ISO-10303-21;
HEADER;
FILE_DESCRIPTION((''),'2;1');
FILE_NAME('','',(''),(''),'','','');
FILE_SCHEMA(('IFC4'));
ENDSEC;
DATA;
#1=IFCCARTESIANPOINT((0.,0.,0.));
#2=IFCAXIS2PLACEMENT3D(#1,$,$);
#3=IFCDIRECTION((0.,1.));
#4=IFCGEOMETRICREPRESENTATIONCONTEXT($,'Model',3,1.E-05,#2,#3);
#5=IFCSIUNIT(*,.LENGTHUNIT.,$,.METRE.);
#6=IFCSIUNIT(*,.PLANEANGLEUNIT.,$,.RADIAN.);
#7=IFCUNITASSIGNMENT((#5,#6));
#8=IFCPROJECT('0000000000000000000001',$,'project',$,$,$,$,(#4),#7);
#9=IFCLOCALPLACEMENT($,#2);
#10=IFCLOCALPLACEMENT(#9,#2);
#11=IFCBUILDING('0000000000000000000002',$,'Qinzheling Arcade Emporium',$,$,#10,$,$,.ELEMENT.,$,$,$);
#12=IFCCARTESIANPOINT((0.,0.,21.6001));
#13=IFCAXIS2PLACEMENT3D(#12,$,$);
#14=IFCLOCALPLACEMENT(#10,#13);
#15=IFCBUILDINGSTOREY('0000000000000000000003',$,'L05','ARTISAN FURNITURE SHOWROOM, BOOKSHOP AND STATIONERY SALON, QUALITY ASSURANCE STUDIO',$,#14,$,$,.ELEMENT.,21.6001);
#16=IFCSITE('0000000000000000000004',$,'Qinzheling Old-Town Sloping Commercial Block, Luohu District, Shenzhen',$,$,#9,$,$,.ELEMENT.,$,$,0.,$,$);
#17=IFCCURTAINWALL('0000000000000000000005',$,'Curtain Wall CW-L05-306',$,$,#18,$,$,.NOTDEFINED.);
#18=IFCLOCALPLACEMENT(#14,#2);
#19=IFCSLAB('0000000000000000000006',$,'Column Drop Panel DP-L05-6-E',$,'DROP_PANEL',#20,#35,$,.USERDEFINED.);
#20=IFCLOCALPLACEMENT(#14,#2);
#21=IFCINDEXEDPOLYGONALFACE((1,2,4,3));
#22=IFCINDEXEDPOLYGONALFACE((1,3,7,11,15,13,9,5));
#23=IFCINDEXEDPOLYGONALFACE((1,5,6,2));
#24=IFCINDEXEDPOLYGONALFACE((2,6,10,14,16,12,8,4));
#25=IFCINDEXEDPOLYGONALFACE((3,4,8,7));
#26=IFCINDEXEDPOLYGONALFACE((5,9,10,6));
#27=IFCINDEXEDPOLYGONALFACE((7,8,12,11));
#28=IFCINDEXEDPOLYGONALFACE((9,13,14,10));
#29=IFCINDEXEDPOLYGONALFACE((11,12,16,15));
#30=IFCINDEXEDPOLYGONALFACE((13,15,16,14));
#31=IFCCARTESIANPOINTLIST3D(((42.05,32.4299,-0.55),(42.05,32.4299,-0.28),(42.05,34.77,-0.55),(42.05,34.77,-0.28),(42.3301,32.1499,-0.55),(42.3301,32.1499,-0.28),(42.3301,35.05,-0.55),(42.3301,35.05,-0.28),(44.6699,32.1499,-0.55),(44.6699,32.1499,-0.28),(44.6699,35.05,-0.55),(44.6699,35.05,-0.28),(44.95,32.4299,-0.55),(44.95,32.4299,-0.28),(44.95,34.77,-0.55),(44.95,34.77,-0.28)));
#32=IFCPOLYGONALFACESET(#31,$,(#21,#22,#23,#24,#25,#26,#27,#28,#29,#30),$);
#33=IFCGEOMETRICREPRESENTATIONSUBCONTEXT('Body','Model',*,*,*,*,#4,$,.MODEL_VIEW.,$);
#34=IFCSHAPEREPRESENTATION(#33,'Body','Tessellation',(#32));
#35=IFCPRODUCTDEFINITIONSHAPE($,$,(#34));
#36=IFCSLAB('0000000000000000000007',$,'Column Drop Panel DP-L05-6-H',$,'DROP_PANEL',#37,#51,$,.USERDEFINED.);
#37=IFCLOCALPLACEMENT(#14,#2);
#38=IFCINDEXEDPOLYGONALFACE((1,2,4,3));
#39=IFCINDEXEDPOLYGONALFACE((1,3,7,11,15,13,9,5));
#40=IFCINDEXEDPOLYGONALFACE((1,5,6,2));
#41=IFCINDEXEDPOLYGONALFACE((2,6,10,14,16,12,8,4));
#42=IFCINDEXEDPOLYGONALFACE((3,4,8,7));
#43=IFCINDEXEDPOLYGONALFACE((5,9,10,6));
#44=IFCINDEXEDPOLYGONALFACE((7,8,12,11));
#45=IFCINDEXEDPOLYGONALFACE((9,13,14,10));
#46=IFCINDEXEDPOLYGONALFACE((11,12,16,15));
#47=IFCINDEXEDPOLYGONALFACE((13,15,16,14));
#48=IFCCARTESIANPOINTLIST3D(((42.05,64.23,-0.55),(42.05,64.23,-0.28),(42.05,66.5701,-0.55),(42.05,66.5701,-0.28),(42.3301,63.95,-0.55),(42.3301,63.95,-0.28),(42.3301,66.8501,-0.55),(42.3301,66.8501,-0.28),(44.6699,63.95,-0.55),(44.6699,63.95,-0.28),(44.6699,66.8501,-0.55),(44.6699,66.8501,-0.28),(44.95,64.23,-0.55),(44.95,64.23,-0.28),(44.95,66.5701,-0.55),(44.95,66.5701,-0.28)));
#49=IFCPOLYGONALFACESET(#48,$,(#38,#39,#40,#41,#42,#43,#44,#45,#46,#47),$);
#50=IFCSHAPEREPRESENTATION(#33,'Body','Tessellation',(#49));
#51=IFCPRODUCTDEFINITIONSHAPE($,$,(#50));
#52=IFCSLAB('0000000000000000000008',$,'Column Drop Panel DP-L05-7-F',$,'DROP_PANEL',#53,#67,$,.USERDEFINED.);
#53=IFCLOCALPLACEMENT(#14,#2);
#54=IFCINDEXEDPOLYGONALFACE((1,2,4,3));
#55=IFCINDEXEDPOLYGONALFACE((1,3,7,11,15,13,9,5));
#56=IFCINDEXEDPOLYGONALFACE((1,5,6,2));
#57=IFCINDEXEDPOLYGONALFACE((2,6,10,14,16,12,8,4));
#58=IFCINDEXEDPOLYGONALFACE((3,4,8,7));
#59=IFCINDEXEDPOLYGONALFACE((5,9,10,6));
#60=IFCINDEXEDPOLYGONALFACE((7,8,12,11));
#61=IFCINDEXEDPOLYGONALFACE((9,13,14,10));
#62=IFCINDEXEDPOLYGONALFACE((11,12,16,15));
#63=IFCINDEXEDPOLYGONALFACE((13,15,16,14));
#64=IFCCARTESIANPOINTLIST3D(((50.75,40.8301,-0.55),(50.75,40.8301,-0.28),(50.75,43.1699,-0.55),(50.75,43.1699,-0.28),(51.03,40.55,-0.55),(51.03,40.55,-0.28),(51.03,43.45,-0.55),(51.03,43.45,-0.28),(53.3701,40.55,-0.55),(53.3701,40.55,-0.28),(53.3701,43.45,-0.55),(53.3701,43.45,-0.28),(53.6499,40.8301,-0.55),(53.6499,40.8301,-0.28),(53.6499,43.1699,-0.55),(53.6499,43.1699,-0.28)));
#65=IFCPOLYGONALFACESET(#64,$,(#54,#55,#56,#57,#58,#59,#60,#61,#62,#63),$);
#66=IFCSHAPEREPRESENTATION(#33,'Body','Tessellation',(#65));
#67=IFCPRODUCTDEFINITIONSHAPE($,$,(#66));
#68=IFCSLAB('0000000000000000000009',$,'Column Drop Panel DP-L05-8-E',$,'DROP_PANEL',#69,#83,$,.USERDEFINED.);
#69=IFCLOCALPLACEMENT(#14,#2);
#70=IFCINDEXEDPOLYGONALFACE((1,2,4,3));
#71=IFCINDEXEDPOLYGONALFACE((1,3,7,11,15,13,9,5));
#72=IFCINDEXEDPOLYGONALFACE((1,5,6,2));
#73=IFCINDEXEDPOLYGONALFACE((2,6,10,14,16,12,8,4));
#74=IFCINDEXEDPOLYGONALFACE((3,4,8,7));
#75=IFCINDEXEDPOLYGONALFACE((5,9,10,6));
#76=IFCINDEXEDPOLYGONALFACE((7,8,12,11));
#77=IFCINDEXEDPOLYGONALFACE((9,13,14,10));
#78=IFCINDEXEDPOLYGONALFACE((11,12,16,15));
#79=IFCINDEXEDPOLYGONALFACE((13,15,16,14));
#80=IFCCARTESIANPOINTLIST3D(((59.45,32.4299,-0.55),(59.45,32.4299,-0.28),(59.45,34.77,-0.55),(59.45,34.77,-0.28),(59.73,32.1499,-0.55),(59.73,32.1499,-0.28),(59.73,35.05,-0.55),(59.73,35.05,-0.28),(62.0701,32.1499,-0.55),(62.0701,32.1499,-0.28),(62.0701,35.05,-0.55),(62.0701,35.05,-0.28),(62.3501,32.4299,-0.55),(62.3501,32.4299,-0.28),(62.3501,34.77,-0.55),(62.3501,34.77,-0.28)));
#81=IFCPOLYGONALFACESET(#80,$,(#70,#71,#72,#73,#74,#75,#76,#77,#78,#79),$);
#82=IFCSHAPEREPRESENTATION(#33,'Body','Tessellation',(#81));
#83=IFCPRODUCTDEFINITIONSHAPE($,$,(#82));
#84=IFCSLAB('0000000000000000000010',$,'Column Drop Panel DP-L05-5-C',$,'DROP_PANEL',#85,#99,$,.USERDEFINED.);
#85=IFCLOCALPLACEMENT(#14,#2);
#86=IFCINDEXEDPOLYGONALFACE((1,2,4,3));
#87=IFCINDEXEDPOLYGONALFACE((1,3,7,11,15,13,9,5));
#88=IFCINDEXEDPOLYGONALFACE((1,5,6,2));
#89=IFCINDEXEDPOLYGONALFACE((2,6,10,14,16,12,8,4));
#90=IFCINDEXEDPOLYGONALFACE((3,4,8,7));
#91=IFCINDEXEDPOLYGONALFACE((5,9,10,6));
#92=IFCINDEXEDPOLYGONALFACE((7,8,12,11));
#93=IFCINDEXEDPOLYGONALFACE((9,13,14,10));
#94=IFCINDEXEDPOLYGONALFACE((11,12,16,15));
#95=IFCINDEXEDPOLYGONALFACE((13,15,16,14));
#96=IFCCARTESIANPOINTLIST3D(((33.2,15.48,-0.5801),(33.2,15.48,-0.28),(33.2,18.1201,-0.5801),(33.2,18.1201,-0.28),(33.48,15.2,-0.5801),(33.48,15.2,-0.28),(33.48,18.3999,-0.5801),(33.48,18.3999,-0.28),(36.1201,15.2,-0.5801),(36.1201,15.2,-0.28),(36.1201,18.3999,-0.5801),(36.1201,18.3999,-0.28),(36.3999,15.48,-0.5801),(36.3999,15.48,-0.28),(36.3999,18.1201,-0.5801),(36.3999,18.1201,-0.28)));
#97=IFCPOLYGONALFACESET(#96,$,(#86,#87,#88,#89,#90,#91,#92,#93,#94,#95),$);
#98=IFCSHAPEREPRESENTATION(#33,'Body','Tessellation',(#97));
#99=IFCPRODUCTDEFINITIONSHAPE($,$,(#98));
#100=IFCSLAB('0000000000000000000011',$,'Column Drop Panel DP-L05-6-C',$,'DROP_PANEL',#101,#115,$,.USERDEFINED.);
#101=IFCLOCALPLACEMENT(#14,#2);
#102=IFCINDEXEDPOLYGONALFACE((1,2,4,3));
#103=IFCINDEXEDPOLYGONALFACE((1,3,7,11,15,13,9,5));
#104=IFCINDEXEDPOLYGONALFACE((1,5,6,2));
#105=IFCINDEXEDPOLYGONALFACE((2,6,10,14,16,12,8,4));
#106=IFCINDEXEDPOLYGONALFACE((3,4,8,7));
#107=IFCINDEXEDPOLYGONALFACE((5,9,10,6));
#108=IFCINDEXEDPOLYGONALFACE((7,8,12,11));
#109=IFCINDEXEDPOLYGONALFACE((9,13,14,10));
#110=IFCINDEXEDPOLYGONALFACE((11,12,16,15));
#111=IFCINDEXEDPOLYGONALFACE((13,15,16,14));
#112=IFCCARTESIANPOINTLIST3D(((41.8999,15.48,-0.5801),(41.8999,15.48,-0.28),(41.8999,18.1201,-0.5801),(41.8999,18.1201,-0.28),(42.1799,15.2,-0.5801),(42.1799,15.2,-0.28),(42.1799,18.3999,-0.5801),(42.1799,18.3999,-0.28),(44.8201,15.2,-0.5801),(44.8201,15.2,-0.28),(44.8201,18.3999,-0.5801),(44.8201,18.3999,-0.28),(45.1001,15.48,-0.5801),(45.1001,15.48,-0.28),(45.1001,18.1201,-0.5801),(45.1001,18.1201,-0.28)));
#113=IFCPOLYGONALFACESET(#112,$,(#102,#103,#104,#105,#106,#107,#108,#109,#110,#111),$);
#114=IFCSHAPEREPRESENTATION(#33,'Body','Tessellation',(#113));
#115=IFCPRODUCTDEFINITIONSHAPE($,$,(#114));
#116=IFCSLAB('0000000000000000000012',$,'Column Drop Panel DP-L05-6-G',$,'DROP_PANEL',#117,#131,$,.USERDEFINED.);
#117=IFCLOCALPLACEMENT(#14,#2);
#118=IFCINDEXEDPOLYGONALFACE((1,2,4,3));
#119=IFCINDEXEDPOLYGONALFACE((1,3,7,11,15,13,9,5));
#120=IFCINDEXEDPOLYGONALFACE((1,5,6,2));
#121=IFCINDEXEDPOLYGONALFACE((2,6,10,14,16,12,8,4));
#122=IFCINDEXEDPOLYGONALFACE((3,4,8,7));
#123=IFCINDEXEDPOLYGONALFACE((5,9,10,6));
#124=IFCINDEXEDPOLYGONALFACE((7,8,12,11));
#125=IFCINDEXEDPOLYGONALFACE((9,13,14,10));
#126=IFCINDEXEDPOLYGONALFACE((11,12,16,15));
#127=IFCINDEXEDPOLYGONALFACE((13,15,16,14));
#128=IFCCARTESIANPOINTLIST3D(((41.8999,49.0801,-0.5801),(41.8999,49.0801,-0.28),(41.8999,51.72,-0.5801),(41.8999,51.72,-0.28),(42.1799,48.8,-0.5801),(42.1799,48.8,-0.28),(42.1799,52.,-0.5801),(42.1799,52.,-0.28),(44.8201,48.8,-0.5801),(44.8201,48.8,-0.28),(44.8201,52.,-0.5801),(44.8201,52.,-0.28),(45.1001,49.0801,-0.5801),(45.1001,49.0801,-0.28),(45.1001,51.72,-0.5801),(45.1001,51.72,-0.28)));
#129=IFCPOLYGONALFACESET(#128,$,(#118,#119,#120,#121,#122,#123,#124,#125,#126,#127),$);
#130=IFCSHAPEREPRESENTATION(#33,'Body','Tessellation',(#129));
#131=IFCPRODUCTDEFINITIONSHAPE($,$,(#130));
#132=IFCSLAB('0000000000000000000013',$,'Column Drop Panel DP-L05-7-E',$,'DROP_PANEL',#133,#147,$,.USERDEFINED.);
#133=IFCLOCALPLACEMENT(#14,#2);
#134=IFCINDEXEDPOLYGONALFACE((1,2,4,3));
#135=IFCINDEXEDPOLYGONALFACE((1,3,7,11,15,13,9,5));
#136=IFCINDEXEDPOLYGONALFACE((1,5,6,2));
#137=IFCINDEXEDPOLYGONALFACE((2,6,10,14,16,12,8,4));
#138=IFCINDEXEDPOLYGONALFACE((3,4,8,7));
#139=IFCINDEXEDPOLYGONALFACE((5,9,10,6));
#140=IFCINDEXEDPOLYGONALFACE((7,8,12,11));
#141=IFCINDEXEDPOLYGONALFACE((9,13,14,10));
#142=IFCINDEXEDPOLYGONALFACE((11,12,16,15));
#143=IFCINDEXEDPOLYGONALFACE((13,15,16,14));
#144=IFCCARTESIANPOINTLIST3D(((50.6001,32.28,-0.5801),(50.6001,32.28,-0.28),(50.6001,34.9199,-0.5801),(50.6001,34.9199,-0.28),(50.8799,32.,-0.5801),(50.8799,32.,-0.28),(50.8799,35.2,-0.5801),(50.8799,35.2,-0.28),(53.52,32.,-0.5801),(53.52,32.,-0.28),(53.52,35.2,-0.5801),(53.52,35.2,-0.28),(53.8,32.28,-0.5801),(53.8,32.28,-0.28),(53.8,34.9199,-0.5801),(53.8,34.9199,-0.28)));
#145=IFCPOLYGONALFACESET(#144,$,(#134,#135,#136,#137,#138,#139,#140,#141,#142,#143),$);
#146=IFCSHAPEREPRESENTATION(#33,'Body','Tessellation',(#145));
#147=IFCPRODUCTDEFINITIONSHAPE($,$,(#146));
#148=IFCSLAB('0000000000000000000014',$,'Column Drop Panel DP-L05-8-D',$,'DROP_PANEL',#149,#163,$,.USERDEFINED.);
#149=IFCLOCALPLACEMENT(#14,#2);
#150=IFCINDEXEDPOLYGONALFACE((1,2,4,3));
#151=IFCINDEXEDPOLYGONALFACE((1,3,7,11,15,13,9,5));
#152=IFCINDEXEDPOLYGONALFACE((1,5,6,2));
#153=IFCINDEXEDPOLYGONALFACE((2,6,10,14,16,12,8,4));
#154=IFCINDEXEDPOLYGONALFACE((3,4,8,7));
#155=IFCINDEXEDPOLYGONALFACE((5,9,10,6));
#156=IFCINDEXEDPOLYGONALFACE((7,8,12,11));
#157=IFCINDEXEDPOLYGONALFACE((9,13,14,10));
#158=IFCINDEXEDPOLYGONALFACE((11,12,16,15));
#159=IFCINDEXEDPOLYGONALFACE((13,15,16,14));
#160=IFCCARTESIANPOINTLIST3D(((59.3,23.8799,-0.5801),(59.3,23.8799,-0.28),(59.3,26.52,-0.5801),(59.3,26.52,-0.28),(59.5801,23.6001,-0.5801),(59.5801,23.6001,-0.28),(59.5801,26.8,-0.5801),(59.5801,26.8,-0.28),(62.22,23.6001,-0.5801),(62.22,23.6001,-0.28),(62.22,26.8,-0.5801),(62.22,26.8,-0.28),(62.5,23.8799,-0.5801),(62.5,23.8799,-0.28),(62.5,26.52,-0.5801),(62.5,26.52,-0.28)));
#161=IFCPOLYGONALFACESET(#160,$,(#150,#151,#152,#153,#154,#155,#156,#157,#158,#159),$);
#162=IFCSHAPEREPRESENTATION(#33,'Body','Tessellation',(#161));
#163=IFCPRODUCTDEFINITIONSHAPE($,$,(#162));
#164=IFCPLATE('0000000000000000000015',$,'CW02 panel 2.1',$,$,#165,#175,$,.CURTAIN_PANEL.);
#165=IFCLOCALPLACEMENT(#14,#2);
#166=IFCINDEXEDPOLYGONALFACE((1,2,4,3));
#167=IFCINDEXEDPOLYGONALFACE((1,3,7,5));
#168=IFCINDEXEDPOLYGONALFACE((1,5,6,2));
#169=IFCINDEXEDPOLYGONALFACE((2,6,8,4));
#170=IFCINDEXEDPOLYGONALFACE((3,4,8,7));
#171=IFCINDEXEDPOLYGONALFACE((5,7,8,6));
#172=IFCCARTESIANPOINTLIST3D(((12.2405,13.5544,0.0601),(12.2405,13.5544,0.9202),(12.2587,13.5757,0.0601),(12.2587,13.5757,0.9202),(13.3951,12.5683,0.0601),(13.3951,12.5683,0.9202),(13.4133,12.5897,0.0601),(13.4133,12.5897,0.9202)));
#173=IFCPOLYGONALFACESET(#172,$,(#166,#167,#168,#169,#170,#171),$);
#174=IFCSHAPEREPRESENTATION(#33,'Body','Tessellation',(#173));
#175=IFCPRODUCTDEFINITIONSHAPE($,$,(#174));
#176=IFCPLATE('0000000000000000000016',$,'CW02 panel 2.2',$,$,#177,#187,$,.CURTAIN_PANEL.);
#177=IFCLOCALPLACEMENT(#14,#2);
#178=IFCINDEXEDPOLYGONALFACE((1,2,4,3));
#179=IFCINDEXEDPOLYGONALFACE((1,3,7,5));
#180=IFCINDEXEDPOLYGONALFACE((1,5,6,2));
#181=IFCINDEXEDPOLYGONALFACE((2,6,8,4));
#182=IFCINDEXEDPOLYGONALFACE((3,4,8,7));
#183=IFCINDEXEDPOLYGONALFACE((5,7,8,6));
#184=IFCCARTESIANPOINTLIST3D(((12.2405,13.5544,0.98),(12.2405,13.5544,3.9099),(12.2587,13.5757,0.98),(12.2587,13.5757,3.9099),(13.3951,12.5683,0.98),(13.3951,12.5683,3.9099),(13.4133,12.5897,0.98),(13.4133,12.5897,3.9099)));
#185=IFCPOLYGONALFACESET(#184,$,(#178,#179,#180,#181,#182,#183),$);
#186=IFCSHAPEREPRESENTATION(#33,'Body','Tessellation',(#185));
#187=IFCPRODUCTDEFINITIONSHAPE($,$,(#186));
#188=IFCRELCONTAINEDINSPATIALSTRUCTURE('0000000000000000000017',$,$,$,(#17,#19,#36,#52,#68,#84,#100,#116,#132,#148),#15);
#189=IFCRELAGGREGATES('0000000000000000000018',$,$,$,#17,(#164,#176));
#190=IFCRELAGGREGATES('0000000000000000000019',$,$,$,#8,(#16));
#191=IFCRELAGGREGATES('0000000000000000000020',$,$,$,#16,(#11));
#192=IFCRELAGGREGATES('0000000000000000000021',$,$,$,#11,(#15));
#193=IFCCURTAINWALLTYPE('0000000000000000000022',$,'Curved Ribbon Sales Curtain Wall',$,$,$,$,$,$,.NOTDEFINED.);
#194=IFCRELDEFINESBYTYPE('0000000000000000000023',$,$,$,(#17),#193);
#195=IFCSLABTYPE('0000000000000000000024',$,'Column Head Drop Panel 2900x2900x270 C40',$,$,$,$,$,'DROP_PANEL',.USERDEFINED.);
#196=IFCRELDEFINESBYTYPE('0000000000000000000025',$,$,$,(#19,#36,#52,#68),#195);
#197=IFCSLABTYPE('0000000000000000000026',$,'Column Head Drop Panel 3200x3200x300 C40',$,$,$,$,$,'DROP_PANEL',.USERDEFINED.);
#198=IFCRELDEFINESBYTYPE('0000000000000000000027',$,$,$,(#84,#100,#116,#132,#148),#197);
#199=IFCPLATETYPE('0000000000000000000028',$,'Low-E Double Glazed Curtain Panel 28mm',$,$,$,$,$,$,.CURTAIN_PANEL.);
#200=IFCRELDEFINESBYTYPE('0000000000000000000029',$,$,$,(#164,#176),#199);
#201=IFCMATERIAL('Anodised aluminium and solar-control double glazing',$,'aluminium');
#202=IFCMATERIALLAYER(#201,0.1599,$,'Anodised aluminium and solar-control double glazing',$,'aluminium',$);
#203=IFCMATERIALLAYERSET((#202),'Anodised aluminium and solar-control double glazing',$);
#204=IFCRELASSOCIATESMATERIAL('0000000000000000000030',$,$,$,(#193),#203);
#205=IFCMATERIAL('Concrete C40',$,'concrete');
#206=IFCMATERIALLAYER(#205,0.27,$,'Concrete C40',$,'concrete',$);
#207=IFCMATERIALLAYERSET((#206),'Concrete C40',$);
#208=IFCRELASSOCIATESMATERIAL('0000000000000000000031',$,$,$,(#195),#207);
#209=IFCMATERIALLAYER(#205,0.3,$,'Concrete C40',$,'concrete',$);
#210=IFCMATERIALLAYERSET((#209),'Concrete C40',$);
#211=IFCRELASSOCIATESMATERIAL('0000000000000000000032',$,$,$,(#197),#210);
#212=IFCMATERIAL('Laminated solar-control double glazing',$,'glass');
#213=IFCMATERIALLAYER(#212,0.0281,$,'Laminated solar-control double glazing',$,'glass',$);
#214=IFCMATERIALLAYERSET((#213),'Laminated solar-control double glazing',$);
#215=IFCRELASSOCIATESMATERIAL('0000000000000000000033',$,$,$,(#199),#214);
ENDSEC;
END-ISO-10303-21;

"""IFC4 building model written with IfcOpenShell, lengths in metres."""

from ifc_helpers import new_model, si_unit, direction, frame, origin, origin_2d, place, context, subcontext, project, spatial, polyline, rectangle, outline, extrude, material, layer, layer_set, type_object, element, aggregate, save


model = new_model("IFC4")

# Units and contexts
model_context = context("Model", 3, precision=1e-05, world=origin(), true_north=direction((0.0, 1.0)))
body_context = subcontext(model_context, "Body", "Model", "MODEL_VIEW")
ifc_project = project(units=[si_unit("LENGTHUNIT", "METRE"), si_unit("PLANEANGLEUNIT", "RADIAN")], contexts=[model_context])

# Site, building, storey
site_placement = place(None, origin())
site = spatial("IfcSite", under=ifc_project, at=site_placement, Name="Qinzheling Old-Town Sloping Commercial Block, Luohu District, Shenzhen", CompositionType="ELEMENT", RefElevation=0.0)
building_placement = place(site_placement, origin())
building = spatial("IfcBuilding", under=site, at=building_placement, Name="Qinzheling Arcade Emporium", CompositionType="ELEMENT")
storey_placement = place(building_placement, frame((0.0, 0.0, 21.6001)))
storey = spatial("IfcBuildingStorey", under=building, at=storey_placement, Name="L05", Description="ARTISAN FURNITURE SHOWROOM, BOOKSHOP AND STATIONERY SALON, QUALITY ASSURANCE STUDIO", CompositionType="ELEMENT", Elevation=21.6001)

# Curtain wall
ifc_material_1 = material(Name="Anodised aluminium and solar-control double glazing", Category="aluminium")
ifc_layer_1 = layer(ifc_material_1, 0.1599, Name="Anodised aluminium and solar-control double glazing", Category="aluminium")
ifc_layer_set_1 = layer_set([ifc_layer_1], Name="Anodised aluminium and solar-control double glazing")
curtain_wall_type = type_object("IfcCurtainWallType", Name="Curved Ribbon Sales Curtain Wall", PredefinedType="NOTDEFINED", material=ifc_layer_set_1)
curtain_wall_1_placement = place(storey_placement, origin())
curtain_wall_1 = element("IfcCurtainWall", 1, at=curtain_wall_1_placement, inside=storey, type_object=curtain_wall_type, Name="Curtain Wall CW-L05-306", PredefinedType="NOTDEFINED")

# Slabs
ifc_material_2 = material(Name="Concrete C40", Category="concrete")
ifc_layer_2 = layer(ifc_material_2, 0.27, Name="Concrete C40", Category="concrete")
ifc_layer_set_2 = layer_set([ifc_layer_2], Name="Concrete C40")
slab_type_1 = type_object("IfcSlabType", Name="Column Head Drop Panel 2900x2900x270 C40", ElementType="DROP_PANEL", PredefinedType="USERDEFINED", material=ifc_layer_set_2)
slab_1_placement = place(storey_placement, frame((0.0, 0.0, -0.55)))
element("IfcSlab", 2, at=slab_1_placement, inside=storey, type_object=slab_type_1, Name="Column Drop Panel DP-L05-6-E", ObjectType="DROP_PANEL", PredefinedType="USERDEFINED", context=body_context, shape_type="SweptSolid", body=[
    extrude(outline(polyline([(42.3301, 32.1499), (44.6699, 32.1499), (44.95, 32.4299), (44.95, 34.77), (44.6699, 35.05), (42.3301, 35.05), (42.05, 34.77), (42.05, 32.4299), (42.3301, 32.1499)])), origin(), (0.0, 0.0, 1.0), 0.27),
])
slab_2_placement = place(storey_placement, frame((0.0, 0.0, -0.55)))
element("IfcSlab", 3, at=slab_2_placement, inside=storey, type_object=slab_type_1, Name="Column Drop Panel DP-L05-6-H", ObjectType="DROP_PANEL", PredefinedType="USERDEFINED", context=body_context, shape_type="SweptSolid", body=[
    extrude(outline(polyline([(42.3301, 63.95), (44.6699, 63.95), (44.95, 64.23), (44.95, 66.5701), (44.6699, 66.8501), (42.3301, 66.8501), (42.05, 66.5701), (42.05, 64.23), (42.3301, 63.95)])), origin(), (0.0, 0.0, 1.0), 0.27),
])
slab_3_placement = place(storey_placement, frame((0.0, 0.0, -0.55)))
element("IfcSlab", 4, at=slab_3_placement, inside=storey, type_object=slab_type_1, Name="Column Drop Panel DP-L05-7-F", ObjectType="DROP_PANEL", PredefinedType="USERDEFINED", context=body_context, shape_type="SweptSolid", body=[
    extrude(outline(polyline([(51.03, 40.55), (53.3701, 40.55), (53.6499, 40.8301), (53.6499, 43.1699), (53.3701, 43.45), (51.03, 43.45), (50.75, 43.1699), (50.75, 40.8301), (51.03, 40.55)])), origin(), (0.0, 0.0, 1.0), 0.27),
])
slab_4_placement = place(storey_placement, frame((0.0, 0.0, -0.55)))
element("IfcSlab", 5, at=slab_4_placement, inside=storey, type_object=slab_type_1, Name="Column Drop Panel DP-L05-8-E", ObjectType="DROP_PANEL", PredefinedType="USERDEFINED", context=body_context, shape_type="SweptSolid", body=[
    extrude(outline(polyline([(59.73, 32.1499), (62.0701, 32.1499), (62.3501, 32.4299), (62.3501, 34.77), (62.0701, 35.05), (59.73, 35.05), (59.45, 34.77), (59.45, 32.4299), (59.73, 32.1499)])), origin(), (0.0, 0.0, 1.0), 0.27),
])
ifc_layer_3 = layer(ifc_material_2, 0.3, Name="Concrete C40", Category="concrete")
ifc_layer_set_3 = layer_set([ifc_layer_3], Name="Concrete C40")
slab_type_2 = type_object("IfcSlabType", Name="Column Head Drop Panel 3200x3200x300 C40", ElementType="DROP_PANEL", PredefinedType="USERDEFINED", material=ifc_layer_set_3)
slab_5_placement = place(storey_placement, frame((0.0, 0.0, -0.5801)))
element("IfcSlab", 6, at=slab_5_placement, inside=storey, type_object=slab_type_2, Name="Column Drop Panel DP-L05-5-C", ObjectType="DROP_PANEL", PredefinedType="USERDEFINED", context=body_context, shape_type="SweptSolid", body=[
    extrude(outline(polyline([(33.48, 15.2), (36.1201, 15.2), (36.3999, 15.48), (36.3999, 18.1201), (36.1201, 18.3999), (33.48, 18.3999), (33.2, 18.1201), (33.2, 15.48), (33.48, 15.2)])), origin(), (0.0, 0.0, 1.0), 0.3),
])
slab_6_placement = place(storey_placement, frame((0.0, 0.0, -0.5801)))
element("IfcSlab", 7, at=slab_6_placement, inside=storey, type_object=slab_type_2, Name="Column Drop Panel DP-L05-6-C", ObjectType="DROP_PANEL", PredefinedType="USERDEFINED", context=body_context, shape_type="SweptSolid", body=[
    extrude(outline(polyline([(42.1799, 15.2), (44.8201, 15.2), (45.1001, 15.48), (45.1001, 18.1201), (44.8201, 18.3999), (42.1799, 18.3999), (41.8999, 18.1201), (41.8999, 15.48), (42.1799, 15.2)])), origin(), (0.0, 0.0, 1.0), 0.3),
])
slab_7_placement = place(storey_placement, frame((0.0, 0.0, -0.5801)))
element("IfcSlab", 8, at=slab_7_placement, inside=storey, type_object=slab_type_2, Name="Column Drop Panel DP-L05-6-G", ObjectType="DROP_PANEL", PredefinedType="USERDEFINED", context=body_context, shape_type="SweptSolid", body=[
    extrude(outline(polyline([(42.1799, 48.8), (44.8201, 48.8), (45.1001, 49.0801), (45.1001, 51.72), (44.8201, 52.0), (42.1799, 52.0), (41.8999, 51.72), (41.8999, 49.0801), (42.1799, 48.8)])), origin(), (0.0, 0.0, 1.0), 0.3),
])
slab_8_placement = place(storey_placement, frame((0.0, 0.0, -0.5801)))
element("IfcSlab", 9, at=slab_8_placement, inside=storey, type_object=slab_type_2, Name="Column Drop Panel DP-L05-7-E", ObjectType="DROP_PANEL", PredefinedType="USERDEFINED", context=body_context, shape_type="SweptSolid", body=[
    extrude(outline(polyline([(50.8799, 32.0), (53.52, 32.0), (53.8, 32.28), (53.8, 34.9199), (53.52, 35.2), (50.8799, 35.2), (50.6001, 34.9199), (50.6001, 32.28), (50.8799, 32.0)])), origin(), (0.0, 0.0, 1.0), 0.3),
])
slab_9_placement = place(storey_placement, frame((0.0, 0.0, -0.5801)))
element("IfcSlab", 10, at=slab_9_placement, inside=storey, type_object=slab_type_2, Name="Column Drop Panel DP-L05-8-D", ObjectType="DROP_PANEL", PredefinedType="USERDEFINED", context=body_context, shape_type="SweptSolid", body=[
    extrude(outline(polyline([(59.5801, 23.6001), (62.22, 23.6001), (62.5, 23.8799), (62.5, 26.52), (62.22, 26.8), (59.5801, 26.8), (59.3, 26.52), (59.3, 23.8799), (59.5801, 23.6001)])), origin(), (0.0, 0.0, 1.0), 0.3),
])

# Plates
ifc_material_3 = material(Name="Laminated solar-control double glazing", Category="glass")
ifc_layer_4 = layer(ifc_material_3, 0.0281, Name="Laminated solar-control double glazing", Category="glass")
ifc_layer_set_4 = layer_set([ifc_layer_4], Name="Laminated solar-control double glazing")
plate_type_1 = type_object("IfcPlateType", Name="Low-E Double Glazed Curtain Panel 28mm", PredefinedType="CURTAIN_PANEL", material=ifc_layer_set_4)
plate_1_placement = place(storey_placement, frame((12.8269, 13.072, 0.0601), z_axis=(0.0, 0.0, 1.0), x_axis=(-0.760418, 0.649433, 0.0)))
plate_1 = element("IfcPlate", 11, at=plate_1_placement, type_object=plate_type_1, Name="CW02 panel 2.1", PredefinedType="CURTAIN_PANEL", context=body_context, shape_type="SweptSolid", body=[
    extrude(rectangle(XDim=1.5183, YDim=0.0281, at=origin_2d()), origin(), (0.0, 0.0, 1.0), 0.8601),
])
plate_2_placement = place(storey_placement, frame((12.8269, 13.072, 0.98), z_axis=(0.0, 0.0, 1.0), x_axis=(-0.760418, 0.649433, 0.0)))
plate_2 = element("IfcPlate", 12, at=plate_2_placement, type_object=plate_type_1, Name="CW02 panel 2.2", PredefinedType="CURTAIN_PANEL", context=body_context, shape_type="SweptSolid", body=[
    extrude(rectangle(XDim=1.5183, YDim=0.0281, at=origin_2d()), origin(), (0.0, 0.0, 1.0), 2.9299),
])
aggregate(curtain_wall_1, [plate_1, plate_2])

save(model, "model.ifc")
